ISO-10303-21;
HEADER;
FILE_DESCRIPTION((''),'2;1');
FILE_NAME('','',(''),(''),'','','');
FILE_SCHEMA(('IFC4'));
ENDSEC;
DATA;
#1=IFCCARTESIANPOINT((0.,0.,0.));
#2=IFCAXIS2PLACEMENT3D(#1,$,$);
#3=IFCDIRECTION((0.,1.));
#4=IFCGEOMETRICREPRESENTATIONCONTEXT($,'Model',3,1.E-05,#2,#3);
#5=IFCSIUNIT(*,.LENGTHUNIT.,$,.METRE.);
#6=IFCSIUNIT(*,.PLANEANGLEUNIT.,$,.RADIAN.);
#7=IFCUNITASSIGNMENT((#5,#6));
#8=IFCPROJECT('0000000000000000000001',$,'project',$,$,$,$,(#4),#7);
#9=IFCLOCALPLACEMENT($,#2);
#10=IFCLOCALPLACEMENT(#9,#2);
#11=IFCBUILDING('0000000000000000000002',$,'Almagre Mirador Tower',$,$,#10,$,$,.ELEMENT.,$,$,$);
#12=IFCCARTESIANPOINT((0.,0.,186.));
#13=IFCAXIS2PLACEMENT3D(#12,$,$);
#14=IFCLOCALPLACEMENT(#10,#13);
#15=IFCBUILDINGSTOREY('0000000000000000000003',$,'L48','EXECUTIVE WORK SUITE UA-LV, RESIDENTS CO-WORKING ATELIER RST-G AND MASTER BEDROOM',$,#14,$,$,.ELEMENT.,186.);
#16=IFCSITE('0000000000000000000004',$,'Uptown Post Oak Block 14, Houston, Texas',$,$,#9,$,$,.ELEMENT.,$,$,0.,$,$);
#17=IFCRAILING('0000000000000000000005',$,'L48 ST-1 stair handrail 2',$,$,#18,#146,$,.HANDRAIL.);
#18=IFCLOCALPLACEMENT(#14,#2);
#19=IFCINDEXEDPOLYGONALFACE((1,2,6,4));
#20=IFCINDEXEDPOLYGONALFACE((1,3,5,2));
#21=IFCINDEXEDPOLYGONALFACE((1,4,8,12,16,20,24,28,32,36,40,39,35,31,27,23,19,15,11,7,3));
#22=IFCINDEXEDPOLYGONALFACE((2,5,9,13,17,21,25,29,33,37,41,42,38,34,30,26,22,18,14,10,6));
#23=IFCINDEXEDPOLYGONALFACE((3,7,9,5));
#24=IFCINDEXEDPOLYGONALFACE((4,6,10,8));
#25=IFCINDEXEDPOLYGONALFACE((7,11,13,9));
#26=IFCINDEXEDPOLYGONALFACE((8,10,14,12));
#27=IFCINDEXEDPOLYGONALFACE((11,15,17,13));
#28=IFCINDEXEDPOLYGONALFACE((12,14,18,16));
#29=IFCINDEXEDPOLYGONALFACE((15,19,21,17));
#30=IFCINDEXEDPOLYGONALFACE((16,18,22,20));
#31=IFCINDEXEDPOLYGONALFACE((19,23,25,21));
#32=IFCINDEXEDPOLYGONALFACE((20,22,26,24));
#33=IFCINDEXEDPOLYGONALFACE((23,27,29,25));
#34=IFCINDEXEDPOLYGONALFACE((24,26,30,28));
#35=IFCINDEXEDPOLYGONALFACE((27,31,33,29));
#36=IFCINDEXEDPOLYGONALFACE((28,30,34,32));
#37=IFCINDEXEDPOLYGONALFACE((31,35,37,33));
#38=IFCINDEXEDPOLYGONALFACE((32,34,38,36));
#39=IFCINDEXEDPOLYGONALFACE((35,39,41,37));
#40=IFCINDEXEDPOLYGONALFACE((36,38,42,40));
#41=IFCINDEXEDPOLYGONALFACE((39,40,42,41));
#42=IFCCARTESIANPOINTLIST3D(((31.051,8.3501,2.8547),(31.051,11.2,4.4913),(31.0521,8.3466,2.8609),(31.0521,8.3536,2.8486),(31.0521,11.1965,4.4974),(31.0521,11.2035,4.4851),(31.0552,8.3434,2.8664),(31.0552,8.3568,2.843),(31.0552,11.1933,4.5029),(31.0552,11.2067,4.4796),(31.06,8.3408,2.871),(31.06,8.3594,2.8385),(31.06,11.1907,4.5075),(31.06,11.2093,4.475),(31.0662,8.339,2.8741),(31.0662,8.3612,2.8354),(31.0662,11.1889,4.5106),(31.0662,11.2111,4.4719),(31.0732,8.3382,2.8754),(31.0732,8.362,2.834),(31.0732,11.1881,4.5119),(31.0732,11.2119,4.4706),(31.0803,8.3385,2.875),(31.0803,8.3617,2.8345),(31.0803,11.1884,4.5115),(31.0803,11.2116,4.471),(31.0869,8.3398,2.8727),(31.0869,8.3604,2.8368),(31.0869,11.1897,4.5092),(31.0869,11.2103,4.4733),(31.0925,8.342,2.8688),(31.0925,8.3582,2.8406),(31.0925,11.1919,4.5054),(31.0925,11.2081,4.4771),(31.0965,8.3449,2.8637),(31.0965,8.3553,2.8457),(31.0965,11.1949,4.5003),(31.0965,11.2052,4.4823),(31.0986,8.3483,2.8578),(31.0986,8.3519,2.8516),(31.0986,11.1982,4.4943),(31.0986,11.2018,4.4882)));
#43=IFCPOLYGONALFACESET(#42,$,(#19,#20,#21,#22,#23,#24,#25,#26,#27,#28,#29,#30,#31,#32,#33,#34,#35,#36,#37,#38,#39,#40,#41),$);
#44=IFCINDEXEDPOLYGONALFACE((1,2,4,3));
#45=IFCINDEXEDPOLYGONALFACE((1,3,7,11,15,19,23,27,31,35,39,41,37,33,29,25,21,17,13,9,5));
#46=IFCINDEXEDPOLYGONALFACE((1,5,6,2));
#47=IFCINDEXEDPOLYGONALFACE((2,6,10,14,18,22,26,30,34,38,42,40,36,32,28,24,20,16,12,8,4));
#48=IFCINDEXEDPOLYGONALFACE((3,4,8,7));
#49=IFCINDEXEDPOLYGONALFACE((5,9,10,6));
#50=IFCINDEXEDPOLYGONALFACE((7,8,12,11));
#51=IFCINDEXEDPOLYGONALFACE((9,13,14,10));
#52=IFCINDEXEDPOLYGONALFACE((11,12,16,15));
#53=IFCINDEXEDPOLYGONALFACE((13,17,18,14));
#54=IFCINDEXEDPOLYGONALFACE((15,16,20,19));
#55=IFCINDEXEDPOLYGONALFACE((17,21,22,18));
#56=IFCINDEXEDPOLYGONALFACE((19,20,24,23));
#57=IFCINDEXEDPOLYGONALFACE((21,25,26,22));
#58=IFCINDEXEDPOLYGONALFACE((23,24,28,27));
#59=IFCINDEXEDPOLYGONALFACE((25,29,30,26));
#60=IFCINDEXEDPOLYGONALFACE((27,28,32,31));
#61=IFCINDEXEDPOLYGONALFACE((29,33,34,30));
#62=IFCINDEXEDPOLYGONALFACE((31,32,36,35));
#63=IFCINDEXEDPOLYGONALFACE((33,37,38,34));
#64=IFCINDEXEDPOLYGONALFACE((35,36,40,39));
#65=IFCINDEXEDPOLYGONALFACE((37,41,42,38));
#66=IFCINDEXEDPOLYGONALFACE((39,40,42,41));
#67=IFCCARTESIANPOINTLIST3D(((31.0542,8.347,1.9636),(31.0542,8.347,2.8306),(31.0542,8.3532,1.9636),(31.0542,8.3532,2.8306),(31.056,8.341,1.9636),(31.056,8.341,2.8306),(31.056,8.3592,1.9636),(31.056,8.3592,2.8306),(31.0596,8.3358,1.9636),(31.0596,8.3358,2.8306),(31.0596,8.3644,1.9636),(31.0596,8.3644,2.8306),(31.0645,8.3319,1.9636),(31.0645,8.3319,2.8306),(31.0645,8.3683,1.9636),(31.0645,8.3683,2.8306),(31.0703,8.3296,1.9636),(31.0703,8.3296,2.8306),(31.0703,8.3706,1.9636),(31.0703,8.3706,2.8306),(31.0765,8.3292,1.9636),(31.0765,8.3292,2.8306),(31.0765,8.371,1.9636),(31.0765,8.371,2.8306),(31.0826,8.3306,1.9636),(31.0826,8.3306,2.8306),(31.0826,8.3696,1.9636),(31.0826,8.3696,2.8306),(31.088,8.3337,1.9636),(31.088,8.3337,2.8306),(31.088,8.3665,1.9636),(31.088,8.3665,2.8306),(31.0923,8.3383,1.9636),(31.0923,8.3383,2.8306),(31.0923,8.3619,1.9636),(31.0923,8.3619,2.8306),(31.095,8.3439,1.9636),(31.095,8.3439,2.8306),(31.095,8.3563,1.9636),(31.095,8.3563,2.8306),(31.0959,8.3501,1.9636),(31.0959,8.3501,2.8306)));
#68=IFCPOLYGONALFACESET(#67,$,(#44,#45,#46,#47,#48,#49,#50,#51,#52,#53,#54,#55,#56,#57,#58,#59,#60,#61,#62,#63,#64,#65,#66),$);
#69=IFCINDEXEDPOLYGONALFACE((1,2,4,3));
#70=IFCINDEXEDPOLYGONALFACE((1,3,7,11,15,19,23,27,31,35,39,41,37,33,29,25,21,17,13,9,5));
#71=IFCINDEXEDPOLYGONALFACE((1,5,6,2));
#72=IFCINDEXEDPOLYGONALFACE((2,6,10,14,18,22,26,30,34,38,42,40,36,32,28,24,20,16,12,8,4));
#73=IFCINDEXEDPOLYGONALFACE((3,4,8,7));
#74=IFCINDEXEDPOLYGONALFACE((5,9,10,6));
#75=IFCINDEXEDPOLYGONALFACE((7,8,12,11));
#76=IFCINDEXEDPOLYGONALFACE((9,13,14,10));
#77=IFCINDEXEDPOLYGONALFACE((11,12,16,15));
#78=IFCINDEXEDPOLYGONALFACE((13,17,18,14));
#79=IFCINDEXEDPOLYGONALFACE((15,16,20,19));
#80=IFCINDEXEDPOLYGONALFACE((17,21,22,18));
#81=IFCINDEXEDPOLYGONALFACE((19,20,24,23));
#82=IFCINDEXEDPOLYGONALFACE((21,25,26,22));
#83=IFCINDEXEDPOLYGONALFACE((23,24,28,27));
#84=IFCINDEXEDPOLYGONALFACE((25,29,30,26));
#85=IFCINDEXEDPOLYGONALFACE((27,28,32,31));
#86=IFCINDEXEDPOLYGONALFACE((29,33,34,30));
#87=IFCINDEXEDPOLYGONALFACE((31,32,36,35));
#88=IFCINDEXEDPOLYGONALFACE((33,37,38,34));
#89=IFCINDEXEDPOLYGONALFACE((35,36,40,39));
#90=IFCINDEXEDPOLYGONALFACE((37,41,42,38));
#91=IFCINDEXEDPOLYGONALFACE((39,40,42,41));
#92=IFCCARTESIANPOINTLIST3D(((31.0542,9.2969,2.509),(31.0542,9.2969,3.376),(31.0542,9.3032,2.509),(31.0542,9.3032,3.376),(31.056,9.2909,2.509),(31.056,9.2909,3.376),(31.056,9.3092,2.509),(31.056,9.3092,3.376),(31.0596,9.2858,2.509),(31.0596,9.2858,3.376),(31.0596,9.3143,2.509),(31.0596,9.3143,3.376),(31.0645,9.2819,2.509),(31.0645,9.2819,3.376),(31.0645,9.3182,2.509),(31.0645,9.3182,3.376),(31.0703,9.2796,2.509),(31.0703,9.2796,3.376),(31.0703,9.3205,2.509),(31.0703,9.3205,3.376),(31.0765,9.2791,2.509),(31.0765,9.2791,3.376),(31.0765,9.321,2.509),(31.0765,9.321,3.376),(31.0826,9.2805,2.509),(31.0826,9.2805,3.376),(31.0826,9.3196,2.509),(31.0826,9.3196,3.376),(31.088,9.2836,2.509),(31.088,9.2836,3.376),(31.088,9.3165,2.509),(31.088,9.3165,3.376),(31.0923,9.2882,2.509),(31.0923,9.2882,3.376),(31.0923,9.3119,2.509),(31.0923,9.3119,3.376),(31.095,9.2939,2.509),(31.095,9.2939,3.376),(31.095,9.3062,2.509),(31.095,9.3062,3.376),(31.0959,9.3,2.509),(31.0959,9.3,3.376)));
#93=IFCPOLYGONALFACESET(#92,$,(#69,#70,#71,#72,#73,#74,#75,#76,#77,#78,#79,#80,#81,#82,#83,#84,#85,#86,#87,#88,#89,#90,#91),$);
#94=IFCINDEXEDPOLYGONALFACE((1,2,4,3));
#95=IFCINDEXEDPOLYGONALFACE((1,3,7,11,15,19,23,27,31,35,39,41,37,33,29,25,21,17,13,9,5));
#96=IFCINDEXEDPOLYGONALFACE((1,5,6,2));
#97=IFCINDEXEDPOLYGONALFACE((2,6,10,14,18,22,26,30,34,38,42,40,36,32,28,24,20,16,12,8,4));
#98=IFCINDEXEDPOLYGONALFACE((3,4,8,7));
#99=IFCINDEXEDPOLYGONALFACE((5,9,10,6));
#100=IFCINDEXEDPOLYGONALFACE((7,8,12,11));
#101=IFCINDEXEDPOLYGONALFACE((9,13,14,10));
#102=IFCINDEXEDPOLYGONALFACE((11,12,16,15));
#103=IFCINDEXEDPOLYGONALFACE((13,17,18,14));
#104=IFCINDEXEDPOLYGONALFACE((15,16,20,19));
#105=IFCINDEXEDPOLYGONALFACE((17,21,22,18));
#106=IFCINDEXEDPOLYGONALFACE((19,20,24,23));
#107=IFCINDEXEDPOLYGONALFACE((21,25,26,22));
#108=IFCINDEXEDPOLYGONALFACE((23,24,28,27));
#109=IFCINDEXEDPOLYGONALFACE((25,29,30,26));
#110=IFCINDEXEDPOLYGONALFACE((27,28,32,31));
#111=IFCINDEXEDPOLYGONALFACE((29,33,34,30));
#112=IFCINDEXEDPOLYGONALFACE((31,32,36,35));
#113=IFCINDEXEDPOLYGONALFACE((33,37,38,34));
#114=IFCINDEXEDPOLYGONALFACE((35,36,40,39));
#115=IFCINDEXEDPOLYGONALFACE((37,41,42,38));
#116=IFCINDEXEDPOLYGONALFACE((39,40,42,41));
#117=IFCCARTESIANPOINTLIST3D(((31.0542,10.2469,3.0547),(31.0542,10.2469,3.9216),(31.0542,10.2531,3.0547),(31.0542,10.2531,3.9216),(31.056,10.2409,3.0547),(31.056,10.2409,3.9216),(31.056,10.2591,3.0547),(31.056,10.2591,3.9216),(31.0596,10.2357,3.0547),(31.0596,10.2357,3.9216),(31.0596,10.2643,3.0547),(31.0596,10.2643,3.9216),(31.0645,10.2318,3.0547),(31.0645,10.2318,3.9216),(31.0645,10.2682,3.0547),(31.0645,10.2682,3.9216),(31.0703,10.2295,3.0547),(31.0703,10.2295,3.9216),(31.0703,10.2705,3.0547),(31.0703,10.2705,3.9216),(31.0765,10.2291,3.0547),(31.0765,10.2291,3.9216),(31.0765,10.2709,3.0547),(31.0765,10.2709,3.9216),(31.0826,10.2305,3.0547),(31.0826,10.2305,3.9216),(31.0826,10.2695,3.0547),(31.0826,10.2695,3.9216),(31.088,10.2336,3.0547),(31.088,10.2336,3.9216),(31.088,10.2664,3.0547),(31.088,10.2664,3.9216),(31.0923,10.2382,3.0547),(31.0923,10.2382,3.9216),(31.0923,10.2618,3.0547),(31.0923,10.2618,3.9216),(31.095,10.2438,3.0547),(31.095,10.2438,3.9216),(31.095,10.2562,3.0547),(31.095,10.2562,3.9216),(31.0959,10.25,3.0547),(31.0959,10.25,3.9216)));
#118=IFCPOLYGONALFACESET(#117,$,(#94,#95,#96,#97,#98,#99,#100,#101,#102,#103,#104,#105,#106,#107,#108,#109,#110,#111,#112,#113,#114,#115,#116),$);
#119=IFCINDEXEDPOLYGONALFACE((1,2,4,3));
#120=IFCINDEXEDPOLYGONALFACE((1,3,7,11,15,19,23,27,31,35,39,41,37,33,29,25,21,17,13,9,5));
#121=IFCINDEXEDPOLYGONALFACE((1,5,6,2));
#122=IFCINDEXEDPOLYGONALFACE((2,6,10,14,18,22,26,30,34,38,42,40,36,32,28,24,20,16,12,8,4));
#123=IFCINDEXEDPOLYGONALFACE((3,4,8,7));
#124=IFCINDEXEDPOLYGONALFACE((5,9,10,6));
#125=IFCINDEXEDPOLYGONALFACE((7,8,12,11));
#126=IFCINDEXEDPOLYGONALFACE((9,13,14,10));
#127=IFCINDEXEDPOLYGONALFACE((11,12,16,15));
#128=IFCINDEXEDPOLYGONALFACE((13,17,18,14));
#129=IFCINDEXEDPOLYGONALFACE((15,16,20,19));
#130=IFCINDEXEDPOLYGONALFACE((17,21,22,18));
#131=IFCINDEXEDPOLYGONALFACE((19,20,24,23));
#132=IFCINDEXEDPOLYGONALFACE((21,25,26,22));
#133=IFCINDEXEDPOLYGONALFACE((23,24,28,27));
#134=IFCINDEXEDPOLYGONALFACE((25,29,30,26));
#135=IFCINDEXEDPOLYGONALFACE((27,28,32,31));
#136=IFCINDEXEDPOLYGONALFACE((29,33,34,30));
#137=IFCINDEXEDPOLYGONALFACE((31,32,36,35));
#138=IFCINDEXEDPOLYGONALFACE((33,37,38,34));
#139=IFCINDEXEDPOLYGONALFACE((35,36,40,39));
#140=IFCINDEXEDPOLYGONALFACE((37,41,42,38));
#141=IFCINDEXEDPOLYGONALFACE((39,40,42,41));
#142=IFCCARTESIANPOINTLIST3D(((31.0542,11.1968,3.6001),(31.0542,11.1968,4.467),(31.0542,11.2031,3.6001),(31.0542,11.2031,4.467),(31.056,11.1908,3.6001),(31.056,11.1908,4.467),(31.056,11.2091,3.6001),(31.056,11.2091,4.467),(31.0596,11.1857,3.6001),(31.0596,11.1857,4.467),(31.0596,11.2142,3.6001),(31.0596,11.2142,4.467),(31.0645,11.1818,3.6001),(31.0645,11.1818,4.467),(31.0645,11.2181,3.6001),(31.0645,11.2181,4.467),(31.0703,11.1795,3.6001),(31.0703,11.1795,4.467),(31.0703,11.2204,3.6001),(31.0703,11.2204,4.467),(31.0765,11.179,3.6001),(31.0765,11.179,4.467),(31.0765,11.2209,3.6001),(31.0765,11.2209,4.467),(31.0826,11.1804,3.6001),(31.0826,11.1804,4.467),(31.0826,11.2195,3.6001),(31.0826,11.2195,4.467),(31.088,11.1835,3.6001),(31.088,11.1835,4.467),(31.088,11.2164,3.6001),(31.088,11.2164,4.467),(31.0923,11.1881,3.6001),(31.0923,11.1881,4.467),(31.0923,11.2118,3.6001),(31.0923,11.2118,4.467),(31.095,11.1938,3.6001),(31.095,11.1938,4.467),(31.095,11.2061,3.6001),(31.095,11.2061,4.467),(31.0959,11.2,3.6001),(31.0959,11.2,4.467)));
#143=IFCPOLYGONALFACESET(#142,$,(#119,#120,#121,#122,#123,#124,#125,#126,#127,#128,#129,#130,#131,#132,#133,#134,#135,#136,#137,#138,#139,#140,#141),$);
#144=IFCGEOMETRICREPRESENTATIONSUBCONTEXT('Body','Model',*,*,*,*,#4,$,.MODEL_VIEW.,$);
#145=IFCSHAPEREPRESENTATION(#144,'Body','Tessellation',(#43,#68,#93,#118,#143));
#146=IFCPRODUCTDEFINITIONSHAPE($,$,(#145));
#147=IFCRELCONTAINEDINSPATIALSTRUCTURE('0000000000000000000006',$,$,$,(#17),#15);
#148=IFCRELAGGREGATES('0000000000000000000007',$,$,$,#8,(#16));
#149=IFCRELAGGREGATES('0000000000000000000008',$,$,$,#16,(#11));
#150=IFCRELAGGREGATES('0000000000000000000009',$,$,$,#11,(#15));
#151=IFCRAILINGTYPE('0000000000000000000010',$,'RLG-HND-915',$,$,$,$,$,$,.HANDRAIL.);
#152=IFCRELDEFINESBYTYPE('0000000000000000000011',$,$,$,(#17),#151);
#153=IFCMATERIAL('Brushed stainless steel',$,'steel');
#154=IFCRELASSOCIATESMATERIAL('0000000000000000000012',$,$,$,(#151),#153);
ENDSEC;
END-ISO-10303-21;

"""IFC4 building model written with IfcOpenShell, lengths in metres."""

from ifc_helpers import new_model, si_unit, direction, frame, origin, origin_2d, place, context, subcontext, project, spatial, circle, extrude, material, type_object, element, save


model = new_model("IFC4")

# Units and contexts
model_context = context("Model", 3, precision=1e-05, world=origin(), true_north=direction((0.0, 1.0)))
body_context = subcontext(model_context, "Body", "Model", "MODEL_VIEW")
ifc_project = project(units=[si_unit("LENGTHUNIT", "METRE"), si_unit("PLANEANGLEUNIT", "RADIAN")], contexts=[model_context])

# Site, building, storey
site_placement = place(None, origin())
site = spatial("IfcSite", under=ifc_project, at=site_placement, Name="Uptown Post Oak Block 14, Houston, Texas", CompositionType="ELEMENT", RefElevation=0.0)
building_placement = place(site_placement, origin())
building = spatial("IfcBuilding", under=site, at=building_placement, Name="Almagre Mirador Tower", CompositionType="ELEMENT")
storey_placement = place(building_placement, frame((0.0, 0.0, 186.0)))
storey = spatial("IfcBuildingStorey", under=building, at=storey_placement, Name="L48", Description="EXECUTIVE WORK SUITE UA-LV, RESIDENTS CO-WORKING ATELIER RST-G AND MASTER BEDROOM", CompositionType="ELEMENT", Elevation=186.0)

# Railing
ifc_material_1 = material(Name="Brushed stainless steel", Category="steel")
railing_type_1 = type_object("IfcRailingType", Name="RLG-HND-915", PredefinedType="HANDRAIL", material=ifc_material_1)
railing_1_placement = place(storey_placement, frame((31.075, 8.3501, 1.9636)))
element("IfcRailing", 1, at=railing_1_placement, inside=storey, type_object=railing_type_1, Name="L48 ST-1 stair handrail 2", PredefinedType="HANDRAIL", context=body_context, shape_type="SweptSolid", body=[
    extrude(circle(Radius=0.0239, at=origin_2d()), frame((0.0, 0.0, 0.8911), z_axis=(0.0, 0.867194, 0.49797), x_axis=(-1.0, 0.0, 0.0)), (0.0, 0.0, 1.0), 3.2864),
    extrude(circle(Radius=0.021, at=origin_2d()), origin(), (0.0, 0.0, 1.0), 0.8669),
    extrude(circle(Radius=0.021, at=origin_2d()), frame((0.0, 0.95, 0.5454)), (0.0, 0.0, 1.0), 0.8669),
    extrude(circle(Radius=0.021, at=origin_2d()), frame((0.0, 1.8999, 1.0911)), (0.0, 0.0, 1.0), 0.8669),
    extrude(circle(Radius=0.021, at=origin_2d()), frame((0.0, 2.8499, 1.6365)), (0.0, 0.0, 1.0), 0.8669),
])

save(model, "model.ifc")
